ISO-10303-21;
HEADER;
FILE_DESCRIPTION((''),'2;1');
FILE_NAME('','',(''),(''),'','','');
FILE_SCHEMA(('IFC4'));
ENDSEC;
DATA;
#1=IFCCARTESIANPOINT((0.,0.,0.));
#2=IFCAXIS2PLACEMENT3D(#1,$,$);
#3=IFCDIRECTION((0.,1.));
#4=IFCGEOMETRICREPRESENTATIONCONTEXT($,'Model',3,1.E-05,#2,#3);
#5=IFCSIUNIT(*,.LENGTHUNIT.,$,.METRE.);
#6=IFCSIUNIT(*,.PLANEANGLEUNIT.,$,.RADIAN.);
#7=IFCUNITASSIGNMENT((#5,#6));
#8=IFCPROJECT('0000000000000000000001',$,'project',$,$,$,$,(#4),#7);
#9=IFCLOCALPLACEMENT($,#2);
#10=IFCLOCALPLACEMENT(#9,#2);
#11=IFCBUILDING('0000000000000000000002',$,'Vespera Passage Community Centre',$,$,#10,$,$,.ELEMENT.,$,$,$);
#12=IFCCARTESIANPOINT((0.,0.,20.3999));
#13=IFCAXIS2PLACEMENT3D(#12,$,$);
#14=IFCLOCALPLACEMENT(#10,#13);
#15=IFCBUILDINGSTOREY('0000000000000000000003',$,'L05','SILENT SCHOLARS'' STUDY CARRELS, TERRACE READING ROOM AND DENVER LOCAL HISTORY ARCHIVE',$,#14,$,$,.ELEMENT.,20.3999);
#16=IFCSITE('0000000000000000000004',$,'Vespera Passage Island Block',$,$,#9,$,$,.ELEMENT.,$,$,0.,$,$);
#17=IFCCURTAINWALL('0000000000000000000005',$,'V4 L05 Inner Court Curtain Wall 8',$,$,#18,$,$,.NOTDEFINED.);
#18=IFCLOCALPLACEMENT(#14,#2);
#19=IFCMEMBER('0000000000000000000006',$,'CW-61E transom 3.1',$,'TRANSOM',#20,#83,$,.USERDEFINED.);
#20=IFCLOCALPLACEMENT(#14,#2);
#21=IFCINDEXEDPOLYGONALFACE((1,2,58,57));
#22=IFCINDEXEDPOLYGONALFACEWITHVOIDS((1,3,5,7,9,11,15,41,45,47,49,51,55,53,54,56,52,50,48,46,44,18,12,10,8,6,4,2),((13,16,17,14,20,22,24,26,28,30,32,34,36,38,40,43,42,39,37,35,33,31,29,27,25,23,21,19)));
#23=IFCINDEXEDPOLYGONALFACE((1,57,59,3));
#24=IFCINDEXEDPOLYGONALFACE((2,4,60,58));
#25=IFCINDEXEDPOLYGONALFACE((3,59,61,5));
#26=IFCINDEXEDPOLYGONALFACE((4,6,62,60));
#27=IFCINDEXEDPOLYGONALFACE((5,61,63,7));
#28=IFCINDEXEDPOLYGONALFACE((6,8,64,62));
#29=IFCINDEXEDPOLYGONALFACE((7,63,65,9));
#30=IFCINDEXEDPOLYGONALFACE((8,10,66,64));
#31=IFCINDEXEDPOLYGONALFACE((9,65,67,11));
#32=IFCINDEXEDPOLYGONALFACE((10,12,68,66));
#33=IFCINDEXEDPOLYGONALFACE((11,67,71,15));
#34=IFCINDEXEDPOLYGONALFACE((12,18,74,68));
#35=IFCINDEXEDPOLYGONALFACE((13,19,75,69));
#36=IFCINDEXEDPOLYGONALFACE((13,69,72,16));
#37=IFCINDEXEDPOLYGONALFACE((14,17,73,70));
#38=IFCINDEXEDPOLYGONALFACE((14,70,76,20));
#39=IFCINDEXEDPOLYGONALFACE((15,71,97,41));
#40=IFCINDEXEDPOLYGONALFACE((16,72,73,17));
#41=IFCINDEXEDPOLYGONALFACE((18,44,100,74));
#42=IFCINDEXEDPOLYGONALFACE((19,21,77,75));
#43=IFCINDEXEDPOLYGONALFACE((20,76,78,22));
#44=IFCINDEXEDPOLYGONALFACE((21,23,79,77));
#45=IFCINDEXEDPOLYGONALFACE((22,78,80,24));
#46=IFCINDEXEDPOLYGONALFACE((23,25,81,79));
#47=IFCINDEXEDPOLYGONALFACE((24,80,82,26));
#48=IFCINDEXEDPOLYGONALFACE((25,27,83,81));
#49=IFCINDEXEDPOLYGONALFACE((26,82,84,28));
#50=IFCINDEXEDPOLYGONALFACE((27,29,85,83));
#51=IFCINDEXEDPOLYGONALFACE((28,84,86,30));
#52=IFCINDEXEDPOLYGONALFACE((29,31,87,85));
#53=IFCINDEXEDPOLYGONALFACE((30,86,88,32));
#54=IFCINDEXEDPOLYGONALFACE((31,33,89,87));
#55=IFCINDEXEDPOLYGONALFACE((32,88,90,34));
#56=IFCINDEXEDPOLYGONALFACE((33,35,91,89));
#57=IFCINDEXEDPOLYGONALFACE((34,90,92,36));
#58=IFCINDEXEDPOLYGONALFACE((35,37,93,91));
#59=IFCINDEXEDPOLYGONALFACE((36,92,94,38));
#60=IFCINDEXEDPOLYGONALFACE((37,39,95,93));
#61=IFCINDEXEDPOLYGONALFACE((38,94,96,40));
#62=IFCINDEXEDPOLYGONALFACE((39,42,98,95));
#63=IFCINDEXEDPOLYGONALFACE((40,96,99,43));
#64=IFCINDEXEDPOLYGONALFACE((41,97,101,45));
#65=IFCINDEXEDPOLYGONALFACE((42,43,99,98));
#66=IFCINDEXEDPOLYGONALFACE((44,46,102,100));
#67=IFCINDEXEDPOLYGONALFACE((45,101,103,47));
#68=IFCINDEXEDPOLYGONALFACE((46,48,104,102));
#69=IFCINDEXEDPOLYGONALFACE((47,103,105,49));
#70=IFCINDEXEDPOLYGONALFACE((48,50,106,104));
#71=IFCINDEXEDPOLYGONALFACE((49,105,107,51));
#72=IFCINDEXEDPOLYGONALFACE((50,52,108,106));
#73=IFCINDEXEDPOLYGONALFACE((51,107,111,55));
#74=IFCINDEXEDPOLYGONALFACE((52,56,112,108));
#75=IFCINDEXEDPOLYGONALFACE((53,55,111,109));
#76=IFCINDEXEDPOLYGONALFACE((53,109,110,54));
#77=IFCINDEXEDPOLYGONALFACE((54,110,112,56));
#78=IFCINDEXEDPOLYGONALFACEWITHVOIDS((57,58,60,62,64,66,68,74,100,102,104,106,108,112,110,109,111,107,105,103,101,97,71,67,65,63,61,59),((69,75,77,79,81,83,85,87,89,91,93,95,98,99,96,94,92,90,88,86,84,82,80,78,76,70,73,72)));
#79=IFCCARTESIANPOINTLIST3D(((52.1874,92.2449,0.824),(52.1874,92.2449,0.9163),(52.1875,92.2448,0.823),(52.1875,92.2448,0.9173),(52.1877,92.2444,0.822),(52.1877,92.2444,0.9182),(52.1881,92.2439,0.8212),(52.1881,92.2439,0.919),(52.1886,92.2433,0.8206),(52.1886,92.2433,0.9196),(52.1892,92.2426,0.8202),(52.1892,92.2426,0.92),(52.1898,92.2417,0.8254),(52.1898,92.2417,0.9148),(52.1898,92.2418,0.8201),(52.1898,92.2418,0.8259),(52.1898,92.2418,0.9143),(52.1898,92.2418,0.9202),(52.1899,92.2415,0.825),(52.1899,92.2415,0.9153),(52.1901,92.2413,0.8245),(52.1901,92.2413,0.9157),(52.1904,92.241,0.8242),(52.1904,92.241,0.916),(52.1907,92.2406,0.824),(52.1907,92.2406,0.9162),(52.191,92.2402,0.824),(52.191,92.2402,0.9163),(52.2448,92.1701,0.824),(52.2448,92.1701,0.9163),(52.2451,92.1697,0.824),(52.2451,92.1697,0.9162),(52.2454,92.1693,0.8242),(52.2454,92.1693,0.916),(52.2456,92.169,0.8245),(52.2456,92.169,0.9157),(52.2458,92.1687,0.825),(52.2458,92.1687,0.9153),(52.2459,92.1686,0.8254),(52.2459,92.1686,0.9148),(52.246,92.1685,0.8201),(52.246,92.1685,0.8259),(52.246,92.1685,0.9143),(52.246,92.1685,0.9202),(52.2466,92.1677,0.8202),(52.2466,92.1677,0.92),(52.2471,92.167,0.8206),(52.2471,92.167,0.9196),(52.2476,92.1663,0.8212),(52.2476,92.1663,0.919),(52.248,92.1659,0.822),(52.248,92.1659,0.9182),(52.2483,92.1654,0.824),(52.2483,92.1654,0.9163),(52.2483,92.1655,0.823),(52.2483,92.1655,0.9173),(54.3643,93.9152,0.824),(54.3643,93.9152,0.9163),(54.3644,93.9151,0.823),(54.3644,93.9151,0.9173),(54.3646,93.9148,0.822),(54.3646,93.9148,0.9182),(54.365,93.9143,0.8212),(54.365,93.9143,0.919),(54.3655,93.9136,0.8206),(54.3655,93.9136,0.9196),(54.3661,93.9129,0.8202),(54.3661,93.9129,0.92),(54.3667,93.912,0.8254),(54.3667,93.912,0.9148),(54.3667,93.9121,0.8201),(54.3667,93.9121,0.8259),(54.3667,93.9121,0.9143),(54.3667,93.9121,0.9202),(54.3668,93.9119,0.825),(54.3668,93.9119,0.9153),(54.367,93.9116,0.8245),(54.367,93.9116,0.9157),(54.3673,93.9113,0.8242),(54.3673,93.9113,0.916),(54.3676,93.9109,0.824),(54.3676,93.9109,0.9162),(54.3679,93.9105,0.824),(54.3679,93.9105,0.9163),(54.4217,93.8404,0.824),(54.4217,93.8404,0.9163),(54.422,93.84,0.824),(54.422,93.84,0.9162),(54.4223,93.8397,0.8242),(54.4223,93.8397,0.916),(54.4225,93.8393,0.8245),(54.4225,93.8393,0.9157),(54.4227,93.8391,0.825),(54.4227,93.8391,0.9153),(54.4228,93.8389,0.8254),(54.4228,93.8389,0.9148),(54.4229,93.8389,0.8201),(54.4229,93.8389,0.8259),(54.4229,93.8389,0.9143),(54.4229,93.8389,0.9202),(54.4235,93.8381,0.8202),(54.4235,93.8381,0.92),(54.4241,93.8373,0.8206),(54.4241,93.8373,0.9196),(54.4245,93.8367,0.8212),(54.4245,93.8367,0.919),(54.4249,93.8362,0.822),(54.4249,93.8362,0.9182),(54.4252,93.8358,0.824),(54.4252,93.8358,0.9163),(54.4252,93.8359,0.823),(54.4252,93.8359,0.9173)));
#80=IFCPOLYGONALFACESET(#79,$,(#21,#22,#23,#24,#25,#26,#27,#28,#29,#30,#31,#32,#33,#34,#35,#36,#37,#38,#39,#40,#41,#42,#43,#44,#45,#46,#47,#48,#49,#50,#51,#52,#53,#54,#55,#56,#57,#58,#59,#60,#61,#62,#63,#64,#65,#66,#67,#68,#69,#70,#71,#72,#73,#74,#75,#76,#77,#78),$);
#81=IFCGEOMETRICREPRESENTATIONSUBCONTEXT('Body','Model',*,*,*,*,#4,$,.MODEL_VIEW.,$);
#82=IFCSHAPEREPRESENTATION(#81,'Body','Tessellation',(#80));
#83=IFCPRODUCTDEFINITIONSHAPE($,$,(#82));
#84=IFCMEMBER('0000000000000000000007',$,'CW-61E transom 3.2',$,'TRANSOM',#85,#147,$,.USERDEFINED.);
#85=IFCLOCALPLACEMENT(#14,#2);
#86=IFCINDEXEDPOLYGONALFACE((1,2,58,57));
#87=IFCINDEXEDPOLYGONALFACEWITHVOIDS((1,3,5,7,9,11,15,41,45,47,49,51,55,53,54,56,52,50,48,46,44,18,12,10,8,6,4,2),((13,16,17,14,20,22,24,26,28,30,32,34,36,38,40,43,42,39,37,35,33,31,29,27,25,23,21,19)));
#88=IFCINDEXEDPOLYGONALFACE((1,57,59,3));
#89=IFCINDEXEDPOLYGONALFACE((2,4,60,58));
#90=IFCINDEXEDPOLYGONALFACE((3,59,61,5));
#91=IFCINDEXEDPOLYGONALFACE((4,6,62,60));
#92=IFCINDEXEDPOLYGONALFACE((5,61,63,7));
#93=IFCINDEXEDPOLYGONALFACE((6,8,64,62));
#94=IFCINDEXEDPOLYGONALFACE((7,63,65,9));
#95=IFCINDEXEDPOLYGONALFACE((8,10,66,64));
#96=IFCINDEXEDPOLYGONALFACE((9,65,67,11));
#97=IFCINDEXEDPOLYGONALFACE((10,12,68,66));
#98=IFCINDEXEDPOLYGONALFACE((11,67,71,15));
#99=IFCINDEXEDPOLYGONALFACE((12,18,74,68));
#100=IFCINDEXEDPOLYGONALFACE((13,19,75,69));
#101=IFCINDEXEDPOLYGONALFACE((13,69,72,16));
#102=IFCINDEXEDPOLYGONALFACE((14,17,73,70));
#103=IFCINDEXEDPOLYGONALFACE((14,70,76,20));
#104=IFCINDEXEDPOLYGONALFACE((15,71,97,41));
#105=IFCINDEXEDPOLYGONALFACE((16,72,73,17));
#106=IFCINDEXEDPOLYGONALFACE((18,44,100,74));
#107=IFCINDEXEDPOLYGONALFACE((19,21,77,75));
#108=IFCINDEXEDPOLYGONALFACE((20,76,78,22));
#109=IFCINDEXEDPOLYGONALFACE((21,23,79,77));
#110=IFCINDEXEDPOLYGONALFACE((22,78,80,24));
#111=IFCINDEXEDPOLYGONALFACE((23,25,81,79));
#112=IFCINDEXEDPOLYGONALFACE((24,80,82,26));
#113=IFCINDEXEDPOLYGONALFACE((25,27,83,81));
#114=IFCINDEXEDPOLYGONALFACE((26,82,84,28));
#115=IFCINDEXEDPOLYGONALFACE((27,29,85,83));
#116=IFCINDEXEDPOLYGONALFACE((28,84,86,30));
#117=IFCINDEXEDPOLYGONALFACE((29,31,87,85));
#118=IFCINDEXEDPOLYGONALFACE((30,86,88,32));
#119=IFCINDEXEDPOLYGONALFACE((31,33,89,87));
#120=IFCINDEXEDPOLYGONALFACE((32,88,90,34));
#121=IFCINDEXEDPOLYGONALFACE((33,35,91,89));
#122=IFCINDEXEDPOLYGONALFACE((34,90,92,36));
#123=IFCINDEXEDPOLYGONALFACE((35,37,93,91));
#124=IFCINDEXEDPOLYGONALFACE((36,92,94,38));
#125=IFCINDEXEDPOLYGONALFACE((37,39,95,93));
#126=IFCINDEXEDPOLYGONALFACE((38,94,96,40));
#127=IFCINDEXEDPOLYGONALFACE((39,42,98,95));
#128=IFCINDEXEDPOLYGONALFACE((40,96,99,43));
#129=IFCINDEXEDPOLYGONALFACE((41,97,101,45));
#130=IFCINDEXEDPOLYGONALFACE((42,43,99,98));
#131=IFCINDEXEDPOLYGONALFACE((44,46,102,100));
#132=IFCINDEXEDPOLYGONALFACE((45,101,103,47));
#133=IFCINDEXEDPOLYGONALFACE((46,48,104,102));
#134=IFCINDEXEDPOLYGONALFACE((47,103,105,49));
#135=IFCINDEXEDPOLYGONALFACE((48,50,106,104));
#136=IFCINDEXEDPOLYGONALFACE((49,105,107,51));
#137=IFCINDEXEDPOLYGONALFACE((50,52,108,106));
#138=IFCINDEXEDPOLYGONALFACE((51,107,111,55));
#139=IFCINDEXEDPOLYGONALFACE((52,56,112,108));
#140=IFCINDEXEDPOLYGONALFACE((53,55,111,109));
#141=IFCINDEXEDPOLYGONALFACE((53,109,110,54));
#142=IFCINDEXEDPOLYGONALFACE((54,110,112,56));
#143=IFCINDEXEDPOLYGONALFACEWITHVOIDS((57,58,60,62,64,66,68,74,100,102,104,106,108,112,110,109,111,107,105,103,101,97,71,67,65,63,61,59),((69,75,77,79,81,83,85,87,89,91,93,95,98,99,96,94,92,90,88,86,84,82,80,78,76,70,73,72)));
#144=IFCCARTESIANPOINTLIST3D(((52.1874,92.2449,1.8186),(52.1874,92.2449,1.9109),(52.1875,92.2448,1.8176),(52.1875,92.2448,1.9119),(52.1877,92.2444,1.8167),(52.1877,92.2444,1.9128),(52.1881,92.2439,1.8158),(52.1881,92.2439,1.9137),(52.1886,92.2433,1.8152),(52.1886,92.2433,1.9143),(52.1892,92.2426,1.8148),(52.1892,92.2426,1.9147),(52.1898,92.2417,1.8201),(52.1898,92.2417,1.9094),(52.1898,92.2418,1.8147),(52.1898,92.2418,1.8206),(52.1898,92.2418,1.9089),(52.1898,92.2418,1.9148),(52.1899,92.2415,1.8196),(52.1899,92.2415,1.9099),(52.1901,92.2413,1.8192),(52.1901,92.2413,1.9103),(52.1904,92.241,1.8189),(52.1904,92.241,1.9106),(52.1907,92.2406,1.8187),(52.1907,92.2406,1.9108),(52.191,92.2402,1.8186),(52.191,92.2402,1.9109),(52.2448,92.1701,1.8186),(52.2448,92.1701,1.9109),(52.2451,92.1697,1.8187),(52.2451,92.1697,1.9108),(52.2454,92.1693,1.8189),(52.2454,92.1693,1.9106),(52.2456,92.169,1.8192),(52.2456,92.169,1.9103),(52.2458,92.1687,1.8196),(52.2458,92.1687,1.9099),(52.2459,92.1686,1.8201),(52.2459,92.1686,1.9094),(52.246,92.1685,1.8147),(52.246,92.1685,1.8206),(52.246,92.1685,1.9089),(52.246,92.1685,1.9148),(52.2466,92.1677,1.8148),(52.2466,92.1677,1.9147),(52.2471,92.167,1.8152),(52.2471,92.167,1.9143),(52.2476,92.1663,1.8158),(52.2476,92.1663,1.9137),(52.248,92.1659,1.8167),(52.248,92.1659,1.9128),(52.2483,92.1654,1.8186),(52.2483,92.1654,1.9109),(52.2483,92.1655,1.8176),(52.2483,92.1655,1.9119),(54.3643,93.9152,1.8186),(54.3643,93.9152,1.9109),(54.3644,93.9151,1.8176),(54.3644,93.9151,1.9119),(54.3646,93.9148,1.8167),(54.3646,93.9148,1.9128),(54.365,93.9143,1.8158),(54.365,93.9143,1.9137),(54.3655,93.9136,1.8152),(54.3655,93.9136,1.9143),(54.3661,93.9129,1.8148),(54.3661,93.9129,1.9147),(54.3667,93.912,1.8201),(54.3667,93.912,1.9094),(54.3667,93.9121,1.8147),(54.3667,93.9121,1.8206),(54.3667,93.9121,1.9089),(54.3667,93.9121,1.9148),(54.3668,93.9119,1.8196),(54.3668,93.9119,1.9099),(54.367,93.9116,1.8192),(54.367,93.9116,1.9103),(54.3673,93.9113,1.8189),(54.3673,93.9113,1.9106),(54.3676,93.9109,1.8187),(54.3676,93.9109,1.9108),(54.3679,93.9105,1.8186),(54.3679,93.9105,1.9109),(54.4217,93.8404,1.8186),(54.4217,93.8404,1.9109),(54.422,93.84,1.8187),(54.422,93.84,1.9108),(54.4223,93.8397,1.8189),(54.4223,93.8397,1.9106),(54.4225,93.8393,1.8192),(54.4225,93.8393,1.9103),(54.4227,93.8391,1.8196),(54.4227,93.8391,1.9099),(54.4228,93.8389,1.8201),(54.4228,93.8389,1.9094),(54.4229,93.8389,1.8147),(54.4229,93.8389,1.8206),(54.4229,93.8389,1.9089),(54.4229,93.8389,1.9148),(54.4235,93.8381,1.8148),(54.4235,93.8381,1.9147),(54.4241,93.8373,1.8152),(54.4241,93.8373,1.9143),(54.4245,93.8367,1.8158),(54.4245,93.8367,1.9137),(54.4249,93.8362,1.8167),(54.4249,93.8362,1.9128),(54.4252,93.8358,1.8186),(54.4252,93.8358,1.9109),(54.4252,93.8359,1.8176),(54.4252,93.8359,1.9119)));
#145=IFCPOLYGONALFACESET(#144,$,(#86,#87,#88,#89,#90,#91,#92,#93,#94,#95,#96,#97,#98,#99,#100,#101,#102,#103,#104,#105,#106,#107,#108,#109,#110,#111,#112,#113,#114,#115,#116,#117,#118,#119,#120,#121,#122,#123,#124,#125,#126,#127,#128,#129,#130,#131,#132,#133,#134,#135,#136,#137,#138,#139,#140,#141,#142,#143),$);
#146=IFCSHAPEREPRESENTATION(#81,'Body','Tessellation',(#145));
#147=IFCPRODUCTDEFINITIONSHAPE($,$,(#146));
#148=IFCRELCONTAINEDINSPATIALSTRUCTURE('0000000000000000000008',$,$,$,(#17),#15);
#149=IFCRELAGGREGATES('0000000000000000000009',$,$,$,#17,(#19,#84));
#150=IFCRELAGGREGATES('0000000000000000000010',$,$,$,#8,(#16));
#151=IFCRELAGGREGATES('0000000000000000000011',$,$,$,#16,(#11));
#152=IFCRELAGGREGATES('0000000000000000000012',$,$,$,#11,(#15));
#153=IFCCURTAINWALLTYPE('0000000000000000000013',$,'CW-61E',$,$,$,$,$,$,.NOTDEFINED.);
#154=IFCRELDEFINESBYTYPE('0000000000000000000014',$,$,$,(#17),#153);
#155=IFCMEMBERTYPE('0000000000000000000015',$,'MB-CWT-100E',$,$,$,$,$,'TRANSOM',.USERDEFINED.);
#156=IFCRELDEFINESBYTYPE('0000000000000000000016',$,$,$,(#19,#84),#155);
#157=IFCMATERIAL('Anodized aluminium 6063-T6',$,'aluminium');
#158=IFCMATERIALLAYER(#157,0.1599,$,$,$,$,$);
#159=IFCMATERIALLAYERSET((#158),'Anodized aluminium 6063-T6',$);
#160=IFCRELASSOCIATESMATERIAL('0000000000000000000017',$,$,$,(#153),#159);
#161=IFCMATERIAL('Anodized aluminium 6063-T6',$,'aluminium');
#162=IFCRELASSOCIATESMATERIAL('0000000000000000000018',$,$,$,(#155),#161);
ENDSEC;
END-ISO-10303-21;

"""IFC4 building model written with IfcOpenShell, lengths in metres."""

from ifc_helpers import new_model, si_unit, direction, frame, origin, origin_2d, place, context, subcontext, project, spatial, hollow_rectangle, extrude, material, layer, layer_set, material_profile, profile_set, type_object, element, aggregate, save


model = new_model("IFC4")

# Units and contexts
model_context = context("Model", 3, precision=1e-05, world=origin(), true_north=direction((0.0, 1.0)))
body_context = subcontext(model_context, "Body", "Model", "MODEL_VIEW")
ifc_project = project(units=[si_unit("LENGTHUNIT", "METRE"), si_unit("PLANEANGLEUNIT", "RADIAN")], contexts=[model_context])

# Site, building, storey
site_placement = place(None, origin())
site = spatial("IfcSite", under=ifc_project, at=site_placement, Name="Vespera Passage Island Block", CompositionType="ELEMENT", RefElevation=0.0)
building_placement = place(site_placement, origin())
building = spatial("IfcBuilding", under=site, at=building_placement, Name="Vespera Passage Community Centre", CompositionType="ELEMENT")
storey_placement = place(building_placement, frame((0.0, 0.0, 20.3999)))
storey = spatial("IfcBuildingStorey", under=building, at=storey_placement, Name="L05", Description="SILENT SCHOLARS' STUDY CARRELS, TERRACE READING ROOM AND DENVER LOCAL HISTORY ARCHIVE", CompositionType="ELEMENT", Elevation=20.3999)

# Curtain wall
ifc_material_1 = material(Name="Anodized aluminium 6063-T6", Category="aluminium")
ifc_layer_1 = layer(ifc_material_1, 0.1599)
ifc_layer_set_1 = layer_set([ifc_layer_1], Name="Anodized aluminium 6063-T6")
curtain_wall_type_1 = type_object("IfcCurtainWallType", Name="CW-61E", PredefinedType="NOTDEFINED", material=ifc_layer_set_1)
curtain_wall_1_placement = place(storey_placement, origin())
curtain_wall_1 = element("IfcCurtainWall", 1, at=curtain_wall_1_placement, inside=storey, type_object=curtain_wall_type_1, Name="V4 L05 Inner Court Curtain Wall 8", PredefinedType="NOTDEFINED")

# Members
ifc_material_2 = material(Name="Anodized aluminium 6063-T6", Category="aluminium")
ifc_material_profile_1 = material_profile(ifc_material_2, hollow_rectangle(XDim=0.1001, YDim=0.1001, WallThickness=0.0039, InnerFilletRadius=0.002, OuterFilletRadius=0.0039, at=origin_2d()), Name="ALU100X100X4")
ifc_profile_set_1 = profile_set([ifc_material_profile_1], Name="Anodized aluminium 6063-T6")
member_type_1 = type_object("IfcMemberType", Name="MB-CWT-100E", ElementType="TRANSOM", PredefinedType="USERDEFINED", material=ifc_profile_set_1)
member_1_placement = place(storey_placement, frame((54.3948, 93.8755, 0.8701), z_axis=(-0.793364, -0.608747, 0.0), x_axis=(0.608747, -0.793364, 0.0)))
member_1 = element("IfcMember", 2, at=member_1_placement, type_object=member_type_1, Name="CW-61E transom 3.1", ObjectType="TRANSOM", PredefinedType="USERDEFINED", context=body_context, shape_type="SweptSolid", body=[
    extrude(hollow_rectangle(XDim=0.1001, YDim=0.1001, WallThickness=0.0039, InnerFilletRadius=0.002, OuterFilletRadius=0.0039, at=origin_2d()), origin(), (0.0, 0.0, 1.0), 2.7439),
])
member_2_placement = place(storey_placement, frame((54.3948, 93.8755, 1.8647), z_axis=(-0.793364, -0.608747, 0.0), x_axis=(0.608747, -0.793364, 0.0)))
member_2 = element("IfcMember", 3, at=member_2_placement, type_object=member_type_1, Name="CW-61E transom 3.2", ObjectType="TRANSOM", PredefinedType="USERDEFINED", context=body_context, shape_type="SweptSolid", body=[
    extrude(hollow_rectangle(XDim=0.1001, YDim=0.1001, WallThickness=0.0039, InnerFilletRadius=0.002, OuterFilletRadius=0.0039, at=origin_2d()), origin(), (0.0, 0.0, 1.0), 2.7439),
])

aggregate(curtain_wall_1, [member_1, member_2])

save(model, "model.ifc")
